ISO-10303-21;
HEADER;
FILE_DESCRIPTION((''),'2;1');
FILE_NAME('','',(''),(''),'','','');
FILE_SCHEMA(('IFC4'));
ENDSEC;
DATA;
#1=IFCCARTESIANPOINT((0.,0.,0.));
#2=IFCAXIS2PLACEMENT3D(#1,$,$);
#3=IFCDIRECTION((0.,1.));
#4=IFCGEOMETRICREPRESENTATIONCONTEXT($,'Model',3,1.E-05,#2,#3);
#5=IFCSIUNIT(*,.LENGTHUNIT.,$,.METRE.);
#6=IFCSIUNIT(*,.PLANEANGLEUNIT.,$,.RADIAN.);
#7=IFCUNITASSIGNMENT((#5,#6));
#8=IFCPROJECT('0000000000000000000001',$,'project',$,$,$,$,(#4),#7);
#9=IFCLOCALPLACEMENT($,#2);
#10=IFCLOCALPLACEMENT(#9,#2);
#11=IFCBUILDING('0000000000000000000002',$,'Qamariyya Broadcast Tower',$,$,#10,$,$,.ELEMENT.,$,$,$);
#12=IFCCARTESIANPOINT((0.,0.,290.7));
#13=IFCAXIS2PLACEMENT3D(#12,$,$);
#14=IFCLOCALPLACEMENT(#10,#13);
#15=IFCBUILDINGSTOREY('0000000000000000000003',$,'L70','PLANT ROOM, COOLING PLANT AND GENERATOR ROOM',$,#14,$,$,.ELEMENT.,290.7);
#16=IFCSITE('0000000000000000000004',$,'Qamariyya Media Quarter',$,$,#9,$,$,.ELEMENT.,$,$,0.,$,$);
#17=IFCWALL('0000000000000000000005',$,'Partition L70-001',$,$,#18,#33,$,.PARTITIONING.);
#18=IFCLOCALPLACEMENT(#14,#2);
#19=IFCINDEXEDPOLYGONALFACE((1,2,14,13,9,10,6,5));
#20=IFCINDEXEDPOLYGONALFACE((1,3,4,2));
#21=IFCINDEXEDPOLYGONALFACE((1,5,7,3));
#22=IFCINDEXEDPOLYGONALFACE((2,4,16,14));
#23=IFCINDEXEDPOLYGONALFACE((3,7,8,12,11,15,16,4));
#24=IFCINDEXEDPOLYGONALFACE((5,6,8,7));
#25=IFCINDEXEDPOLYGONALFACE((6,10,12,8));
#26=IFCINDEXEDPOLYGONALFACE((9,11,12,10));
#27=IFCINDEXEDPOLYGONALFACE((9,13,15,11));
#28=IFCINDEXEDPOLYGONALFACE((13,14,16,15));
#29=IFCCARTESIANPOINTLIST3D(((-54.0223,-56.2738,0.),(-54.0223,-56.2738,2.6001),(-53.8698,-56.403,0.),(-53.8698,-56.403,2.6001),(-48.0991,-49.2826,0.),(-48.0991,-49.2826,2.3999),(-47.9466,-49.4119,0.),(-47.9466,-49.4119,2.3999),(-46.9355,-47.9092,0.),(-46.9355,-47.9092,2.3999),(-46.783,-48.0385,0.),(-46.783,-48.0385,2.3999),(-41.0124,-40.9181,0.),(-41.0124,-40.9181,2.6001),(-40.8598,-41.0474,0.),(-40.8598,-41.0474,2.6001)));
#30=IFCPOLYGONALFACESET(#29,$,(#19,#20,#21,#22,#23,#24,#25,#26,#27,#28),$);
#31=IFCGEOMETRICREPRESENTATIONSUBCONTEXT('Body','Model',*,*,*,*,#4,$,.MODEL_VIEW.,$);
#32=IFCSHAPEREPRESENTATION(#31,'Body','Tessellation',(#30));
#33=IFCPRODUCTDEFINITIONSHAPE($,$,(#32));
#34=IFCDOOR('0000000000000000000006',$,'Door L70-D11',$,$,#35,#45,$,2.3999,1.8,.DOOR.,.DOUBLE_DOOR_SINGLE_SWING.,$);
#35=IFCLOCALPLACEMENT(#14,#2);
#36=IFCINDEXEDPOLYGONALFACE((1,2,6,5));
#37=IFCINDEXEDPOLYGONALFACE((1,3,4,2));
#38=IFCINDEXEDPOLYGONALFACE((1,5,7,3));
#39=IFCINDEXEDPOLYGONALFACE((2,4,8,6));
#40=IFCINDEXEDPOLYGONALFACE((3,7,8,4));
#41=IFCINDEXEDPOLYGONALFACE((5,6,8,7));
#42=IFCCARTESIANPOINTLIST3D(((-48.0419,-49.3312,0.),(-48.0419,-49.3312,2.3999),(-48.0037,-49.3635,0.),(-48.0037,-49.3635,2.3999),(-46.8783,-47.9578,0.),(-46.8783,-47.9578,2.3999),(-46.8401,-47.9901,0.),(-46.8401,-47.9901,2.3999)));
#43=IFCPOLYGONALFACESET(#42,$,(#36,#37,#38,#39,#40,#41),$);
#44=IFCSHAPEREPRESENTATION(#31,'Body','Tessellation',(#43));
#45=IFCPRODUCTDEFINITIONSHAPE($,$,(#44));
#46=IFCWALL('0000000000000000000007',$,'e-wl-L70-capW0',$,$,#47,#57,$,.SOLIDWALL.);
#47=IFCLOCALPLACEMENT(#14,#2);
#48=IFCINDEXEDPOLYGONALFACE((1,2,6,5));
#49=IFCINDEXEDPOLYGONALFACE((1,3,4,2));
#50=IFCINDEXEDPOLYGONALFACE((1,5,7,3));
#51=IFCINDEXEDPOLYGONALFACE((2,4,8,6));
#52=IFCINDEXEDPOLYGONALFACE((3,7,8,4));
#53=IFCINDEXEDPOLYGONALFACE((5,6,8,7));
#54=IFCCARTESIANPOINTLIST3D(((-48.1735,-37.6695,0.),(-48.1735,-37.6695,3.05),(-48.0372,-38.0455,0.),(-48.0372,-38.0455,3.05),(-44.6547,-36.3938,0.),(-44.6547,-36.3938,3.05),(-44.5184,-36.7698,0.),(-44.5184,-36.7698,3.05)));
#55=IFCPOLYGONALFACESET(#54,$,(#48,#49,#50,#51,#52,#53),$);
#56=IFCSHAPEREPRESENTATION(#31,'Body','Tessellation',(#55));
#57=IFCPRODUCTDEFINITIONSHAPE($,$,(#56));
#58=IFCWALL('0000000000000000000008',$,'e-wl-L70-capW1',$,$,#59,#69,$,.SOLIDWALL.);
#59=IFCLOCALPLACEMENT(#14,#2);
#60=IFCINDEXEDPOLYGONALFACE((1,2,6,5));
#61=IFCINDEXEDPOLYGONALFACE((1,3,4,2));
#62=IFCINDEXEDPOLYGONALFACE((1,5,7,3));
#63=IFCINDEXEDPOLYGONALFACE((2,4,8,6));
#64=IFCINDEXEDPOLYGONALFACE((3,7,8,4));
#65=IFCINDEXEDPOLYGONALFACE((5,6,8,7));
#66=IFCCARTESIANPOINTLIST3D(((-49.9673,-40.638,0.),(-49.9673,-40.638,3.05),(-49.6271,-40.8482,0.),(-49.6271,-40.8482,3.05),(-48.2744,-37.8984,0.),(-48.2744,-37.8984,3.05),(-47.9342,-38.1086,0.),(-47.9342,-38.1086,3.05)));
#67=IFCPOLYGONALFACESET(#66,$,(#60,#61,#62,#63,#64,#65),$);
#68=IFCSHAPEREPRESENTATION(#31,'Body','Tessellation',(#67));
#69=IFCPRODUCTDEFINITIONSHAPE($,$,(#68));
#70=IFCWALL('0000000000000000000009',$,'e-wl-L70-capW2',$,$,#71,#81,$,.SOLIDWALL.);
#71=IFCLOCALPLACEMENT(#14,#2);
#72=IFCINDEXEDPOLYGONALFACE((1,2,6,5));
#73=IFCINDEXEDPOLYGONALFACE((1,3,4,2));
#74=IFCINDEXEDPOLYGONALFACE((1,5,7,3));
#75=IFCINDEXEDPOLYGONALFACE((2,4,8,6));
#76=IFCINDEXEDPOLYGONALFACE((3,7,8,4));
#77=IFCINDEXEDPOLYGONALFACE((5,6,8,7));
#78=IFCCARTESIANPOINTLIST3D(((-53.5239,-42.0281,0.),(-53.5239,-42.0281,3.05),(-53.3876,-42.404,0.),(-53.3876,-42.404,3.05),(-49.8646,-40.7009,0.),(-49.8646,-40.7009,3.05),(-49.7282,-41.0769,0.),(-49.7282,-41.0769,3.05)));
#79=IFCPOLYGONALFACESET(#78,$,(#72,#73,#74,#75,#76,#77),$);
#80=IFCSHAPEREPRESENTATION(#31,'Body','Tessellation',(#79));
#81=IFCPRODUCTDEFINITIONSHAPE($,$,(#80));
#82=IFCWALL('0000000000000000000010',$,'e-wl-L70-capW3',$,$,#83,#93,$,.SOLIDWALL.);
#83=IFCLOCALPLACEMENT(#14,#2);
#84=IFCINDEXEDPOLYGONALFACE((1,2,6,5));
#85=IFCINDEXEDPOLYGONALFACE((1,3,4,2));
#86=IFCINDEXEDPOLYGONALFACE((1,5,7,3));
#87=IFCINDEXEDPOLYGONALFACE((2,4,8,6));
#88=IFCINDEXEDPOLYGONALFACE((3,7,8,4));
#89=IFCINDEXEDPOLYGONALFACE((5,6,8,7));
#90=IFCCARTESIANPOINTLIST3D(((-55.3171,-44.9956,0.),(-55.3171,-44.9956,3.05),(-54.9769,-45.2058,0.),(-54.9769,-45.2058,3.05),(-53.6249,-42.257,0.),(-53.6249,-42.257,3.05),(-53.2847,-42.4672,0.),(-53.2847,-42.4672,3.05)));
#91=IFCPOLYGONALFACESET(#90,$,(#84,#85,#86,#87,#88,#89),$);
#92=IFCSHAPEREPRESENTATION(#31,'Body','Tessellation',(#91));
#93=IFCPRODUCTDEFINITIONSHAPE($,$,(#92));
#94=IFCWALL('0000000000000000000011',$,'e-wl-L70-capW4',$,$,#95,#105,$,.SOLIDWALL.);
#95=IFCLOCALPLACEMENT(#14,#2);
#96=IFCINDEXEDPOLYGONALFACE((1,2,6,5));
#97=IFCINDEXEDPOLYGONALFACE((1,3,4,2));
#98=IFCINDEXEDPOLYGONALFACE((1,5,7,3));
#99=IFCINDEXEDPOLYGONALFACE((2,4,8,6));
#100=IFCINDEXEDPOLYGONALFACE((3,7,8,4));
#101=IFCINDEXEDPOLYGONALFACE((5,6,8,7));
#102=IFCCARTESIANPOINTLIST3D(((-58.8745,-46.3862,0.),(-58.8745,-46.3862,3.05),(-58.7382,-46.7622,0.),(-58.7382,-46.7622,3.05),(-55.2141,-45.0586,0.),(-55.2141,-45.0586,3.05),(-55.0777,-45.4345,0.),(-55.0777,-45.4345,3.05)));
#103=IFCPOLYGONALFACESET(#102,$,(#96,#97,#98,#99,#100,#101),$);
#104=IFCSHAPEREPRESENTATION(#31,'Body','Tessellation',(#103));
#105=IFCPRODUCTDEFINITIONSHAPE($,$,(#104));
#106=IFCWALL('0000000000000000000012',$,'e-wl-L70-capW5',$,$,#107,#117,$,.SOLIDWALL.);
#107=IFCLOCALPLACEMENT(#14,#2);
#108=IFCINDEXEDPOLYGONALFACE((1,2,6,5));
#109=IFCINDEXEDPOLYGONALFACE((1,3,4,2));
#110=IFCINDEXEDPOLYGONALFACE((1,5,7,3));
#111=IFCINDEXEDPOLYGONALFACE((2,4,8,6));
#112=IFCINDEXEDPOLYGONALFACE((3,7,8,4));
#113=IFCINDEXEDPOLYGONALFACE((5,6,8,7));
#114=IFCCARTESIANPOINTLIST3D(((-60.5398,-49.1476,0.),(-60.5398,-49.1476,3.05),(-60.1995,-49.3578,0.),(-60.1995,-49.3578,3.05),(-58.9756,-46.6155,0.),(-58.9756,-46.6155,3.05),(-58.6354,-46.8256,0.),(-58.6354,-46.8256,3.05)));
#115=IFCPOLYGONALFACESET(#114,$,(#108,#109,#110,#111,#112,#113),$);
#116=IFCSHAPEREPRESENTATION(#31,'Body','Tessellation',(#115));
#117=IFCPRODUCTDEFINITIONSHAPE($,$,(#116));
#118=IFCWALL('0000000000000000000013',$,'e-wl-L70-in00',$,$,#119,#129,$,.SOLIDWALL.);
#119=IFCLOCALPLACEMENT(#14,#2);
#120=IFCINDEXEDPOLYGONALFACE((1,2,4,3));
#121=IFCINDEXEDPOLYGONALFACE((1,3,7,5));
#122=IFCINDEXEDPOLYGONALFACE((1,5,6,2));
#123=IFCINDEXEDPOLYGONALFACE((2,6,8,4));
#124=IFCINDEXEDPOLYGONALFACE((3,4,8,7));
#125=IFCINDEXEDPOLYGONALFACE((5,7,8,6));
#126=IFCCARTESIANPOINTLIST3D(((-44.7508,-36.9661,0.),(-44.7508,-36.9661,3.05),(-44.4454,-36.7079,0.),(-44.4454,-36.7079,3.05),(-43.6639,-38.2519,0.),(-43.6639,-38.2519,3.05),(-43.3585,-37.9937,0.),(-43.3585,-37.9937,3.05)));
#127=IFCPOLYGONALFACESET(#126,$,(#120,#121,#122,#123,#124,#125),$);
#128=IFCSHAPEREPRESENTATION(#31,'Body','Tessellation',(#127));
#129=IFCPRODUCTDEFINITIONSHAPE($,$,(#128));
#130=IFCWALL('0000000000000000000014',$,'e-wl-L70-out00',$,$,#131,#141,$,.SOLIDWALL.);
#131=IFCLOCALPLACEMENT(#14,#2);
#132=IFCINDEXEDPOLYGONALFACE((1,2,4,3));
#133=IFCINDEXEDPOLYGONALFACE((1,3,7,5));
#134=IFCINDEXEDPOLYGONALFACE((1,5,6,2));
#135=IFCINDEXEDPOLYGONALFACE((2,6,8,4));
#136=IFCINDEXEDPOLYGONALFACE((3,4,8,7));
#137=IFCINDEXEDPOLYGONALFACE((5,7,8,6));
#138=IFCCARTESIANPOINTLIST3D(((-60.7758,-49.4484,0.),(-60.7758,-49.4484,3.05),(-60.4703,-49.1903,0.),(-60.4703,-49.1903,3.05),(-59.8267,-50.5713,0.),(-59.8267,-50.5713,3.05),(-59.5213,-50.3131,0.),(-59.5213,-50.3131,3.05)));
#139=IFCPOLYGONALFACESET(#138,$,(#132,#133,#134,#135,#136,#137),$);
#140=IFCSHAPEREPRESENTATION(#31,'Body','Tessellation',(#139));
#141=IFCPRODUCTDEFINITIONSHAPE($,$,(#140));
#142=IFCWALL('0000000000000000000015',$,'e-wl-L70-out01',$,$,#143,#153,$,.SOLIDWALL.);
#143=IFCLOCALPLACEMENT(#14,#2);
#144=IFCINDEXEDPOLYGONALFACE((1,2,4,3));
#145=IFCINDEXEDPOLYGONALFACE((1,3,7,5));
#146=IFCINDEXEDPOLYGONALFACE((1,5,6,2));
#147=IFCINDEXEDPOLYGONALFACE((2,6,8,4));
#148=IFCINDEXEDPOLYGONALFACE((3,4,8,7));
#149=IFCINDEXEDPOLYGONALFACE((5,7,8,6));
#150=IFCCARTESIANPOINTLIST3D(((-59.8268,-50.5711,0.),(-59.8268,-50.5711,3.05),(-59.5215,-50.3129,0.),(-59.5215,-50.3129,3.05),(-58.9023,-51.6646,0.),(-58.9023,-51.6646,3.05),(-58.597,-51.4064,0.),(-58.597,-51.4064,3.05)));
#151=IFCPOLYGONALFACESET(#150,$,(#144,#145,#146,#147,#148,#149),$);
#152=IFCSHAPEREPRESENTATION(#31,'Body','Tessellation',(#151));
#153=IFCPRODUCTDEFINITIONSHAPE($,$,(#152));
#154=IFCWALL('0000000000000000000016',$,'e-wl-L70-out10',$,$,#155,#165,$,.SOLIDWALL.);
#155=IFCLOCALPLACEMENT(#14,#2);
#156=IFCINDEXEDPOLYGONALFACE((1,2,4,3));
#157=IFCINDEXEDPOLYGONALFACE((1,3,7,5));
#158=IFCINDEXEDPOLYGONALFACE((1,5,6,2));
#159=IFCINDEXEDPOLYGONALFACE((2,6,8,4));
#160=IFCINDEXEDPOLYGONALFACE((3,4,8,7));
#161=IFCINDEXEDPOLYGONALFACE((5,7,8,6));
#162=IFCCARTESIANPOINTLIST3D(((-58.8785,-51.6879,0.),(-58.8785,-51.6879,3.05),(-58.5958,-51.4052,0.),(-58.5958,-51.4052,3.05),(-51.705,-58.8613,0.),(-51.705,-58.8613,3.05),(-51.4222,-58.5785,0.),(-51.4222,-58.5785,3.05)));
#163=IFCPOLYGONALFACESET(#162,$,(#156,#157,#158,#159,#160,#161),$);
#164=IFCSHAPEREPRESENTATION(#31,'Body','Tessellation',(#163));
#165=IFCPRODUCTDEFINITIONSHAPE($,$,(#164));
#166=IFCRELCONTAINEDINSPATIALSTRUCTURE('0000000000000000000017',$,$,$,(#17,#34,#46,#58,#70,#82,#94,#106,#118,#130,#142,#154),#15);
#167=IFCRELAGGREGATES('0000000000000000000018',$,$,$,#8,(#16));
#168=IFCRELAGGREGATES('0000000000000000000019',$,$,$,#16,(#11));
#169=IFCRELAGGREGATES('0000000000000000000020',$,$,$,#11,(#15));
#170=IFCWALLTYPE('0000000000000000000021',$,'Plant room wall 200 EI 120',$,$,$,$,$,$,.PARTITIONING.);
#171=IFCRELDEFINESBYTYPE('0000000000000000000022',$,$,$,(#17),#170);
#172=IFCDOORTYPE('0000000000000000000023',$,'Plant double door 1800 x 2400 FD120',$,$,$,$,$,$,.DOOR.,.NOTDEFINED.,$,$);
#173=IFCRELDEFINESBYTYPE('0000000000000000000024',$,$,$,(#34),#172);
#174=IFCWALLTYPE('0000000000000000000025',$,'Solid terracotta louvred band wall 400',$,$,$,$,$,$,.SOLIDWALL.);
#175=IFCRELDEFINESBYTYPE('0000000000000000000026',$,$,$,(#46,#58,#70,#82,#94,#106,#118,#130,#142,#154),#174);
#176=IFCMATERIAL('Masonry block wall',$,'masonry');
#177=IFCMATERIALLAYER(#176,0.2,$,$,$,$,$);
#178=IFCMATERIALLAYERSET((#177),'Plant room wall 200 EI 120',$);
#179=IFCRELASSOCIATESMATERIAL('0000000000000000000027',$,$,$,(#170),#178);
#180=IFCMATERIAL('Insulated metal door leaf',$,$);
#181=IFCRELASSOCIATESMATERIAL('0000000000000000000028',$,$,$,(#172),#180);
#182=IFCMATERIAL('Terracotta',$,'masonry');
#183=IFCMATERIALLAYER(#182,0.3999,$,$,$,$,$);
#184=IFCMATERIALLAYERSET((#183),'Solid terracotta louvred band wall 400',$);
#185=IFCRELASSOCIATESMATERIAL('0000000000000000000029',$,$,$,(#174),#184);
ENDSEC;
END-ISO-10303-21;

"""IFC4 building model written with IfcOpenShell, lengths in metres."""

from ifc_helpers import new_model, si_unit, direction, frame, frame_2d, origin, place, context, subcontext, project, spatial, rectangle, extrude, material, layer, layer_set, type_object, element, fill, save


model = new_model("IFC4")

# Units and contexts
model_context = context("Model", 3, precision=1e-05, world=origin(), true_north=direction((0.0, 1.0)))
body_context = subcontext(model_context, "Body", "Model", "MODEL_VIEW")
ifc_project = project(units=[si_unit("LENGTHUNIT", "METRE"), si_unit("PLANEANGLEUNIT", "RADIAN")], contexts=[model_context])

# Site, building, storey
site_placement = place(None, origin())
site = spatial("IfcSite", under=ifc_project, at=site_placement, Name="Qamariyya Media Quarter", CompositionType="ELEMENT", RefElevation=0.0)
building_placement = place(site_placement, origin())
building = spatial("IfcBuilding", under=site, at=building_placement, Name="Qamariyya Broadcast Tower", CompositionType="ELEMENT")
storey_placement = place(building_placement, frame((0.0, 0.0, 290.7)))
storey = spatial("IfcBuildingStorey", under=building, at=storey_placement, Name="L70", Description="PLANT ROOM, COOLING PLANT AND GENERATOR ROOM", CompositionType="ELEMENT", Elevation=290.7)

# Wall, opening, door
ifc_material_1 = material(Name="Masonry block wall", Category="masonry")
ifc_layer_1 = layer(ifc_material_1, 0.2)
ifc_layer_set_1 = layer_set([ifc_layer_1], Name="Plant room wall 200 EI 120")
wall_type_1 = type_object("IfcWallType", Name="Plant room wall 200 EI 120", PredefinedType="PARTITIONING", material=ifc_layer_set_1)
wall_1_placement = place(storey_placement, frame((-53.946, -56.3384, 0.0), z_axis=(0.0, 0.0, 1.0), x_axis=(0.646426, 0.762977, 0.0)))
wall_1 = element("IfcWall", 1, at=wall_1_placement, inside=storey, type_object=wall_type_1, Name="Partition L70-001", PredefinedType="PARTITIONING", context=body_context, shape_type="SweptSolid", body=[
    extrude(rectangle(XDim=20.126, YDim=0.2, at=frame_2d((10.063, 0.0))), origin(), (0.0, 0.0, 1.0), 2.6001),
])
opening_1_placement = place(wall_1_placement, frame((9.1631, 0.0, 0.0)))
opening_1 = element("IfcOpeningElement", 2, at=opening_1_placement, cuts=wall_1, PredefinedType="OPENING", context=body_context, shape_type="SweptSolid", body=[
    extrude(rectangle(XDim=1.8, YDim=2.3999, at=frame_2d((0.8999, 1.2))), frame((0.0, 0.1099, 0.0), z_axis=(0.0, -1.0, 0.0), x_axis=(1.0, 0.0, 0.0)), (0.0, 0.0, 1.0), 0.22),
])
ifc_material_2 = material(Name="Insulated metal door leaf")
door_type_1 = type_object("IfcDoorType", Name="Plant double door 1800 x 2400 FD120", OperationType="NOTDEFINED", PredefinedType="DOOR", material=ifc_material_2)
door_1_placement = place(opening_1_placement, origin())
door_1 = element("IfcDoor", 3, at=door_1_placement, inside=storey, type_object=door_type_1, Name="Door L70-D11", OperationType="DOUBLE_DOOR_SINGLE_SWING", OverallHeight=2.3999, OverallWidth=1.8, PredefinedType="DOOR", context=body_context, shape_type="SweptSolid", body=[
    extrude(rectangle(XDim=1.8, YDim=2.3999, at=frame_2d((0.8999, 1.2))), frame((0.0, 0.0249, 0.0), z_axis=(0.0, -1.0, 0.0), x_axis=(1.0, 0.0, 0.0)), (0.0, 0.0, 1.0), 0.05),
])
fill(opening_1, door_1)

# Walls
ifc_material_3 = material(Name="Terracotta", Category="masonry")
ifc_layer_2 = layer(ifc_material_3, 0.3999)
ifc_layer_set_2 = layer_set([ifc_layer_2], Name="Solid terracotta louvred band wall 400")
wall_type_2 = type_object("IfcWallType", Name="Solid terracotta louvred band wall 400", PredefinedType="SOLIDWALL", material=ifc_layer_set_2)
wall_2_placement = place(storey_placement, frame((-44.5864, -36.5818, 0.0), z_axis=(0.0, 0.0, 1.0), x_axis=(-0.94013, -0.340816, 0.0)))
element("IfcWall", 4, at=wall_2_placement, inside=storey, type_object=wall_type_2, Name="e-wl-L70-capW0", PredefinedType="SOLIDWALL", context=body_context, shape_type="SweptSolid", body=[
    extrude(rectangle(XDim=3.7429, YDim=0.3999, at=frame_2d((1.8716, 0.0))), origin(), (0.0, 0.0, 1.0), 3.05),
])
wall_3_placement = place(storey_placement, frame((-48.1042, -38.0034, 0.0), z_axis=(0.0, 0.0, 1.0), x_axis=(-0.525678, -0.850683, 0.0)))
element("IfcWall", 5, at=wall_3_placement, inside=storey, type_object=wall_type_2, Name="e-wl-L70-capW1", PredefinedType="SOLIDWALL", context=body_context, shape_type="SweptSolid", body=[
    extrude(rectangle(XDim=3.2205, YDim=0.3999, at=frame_2d((1.6104, 0.0))), origin(), (0.0, 0.0, 1.0), 3.05),
])
wall_4_placement = place(storey_placement, frame((-49.7964, -40.8889, 0.0), z_axis=(0.0, 0.0, 1.0), x_axis=(-0.940086, -0.340937, 0.0)))
element("IfcWall", 6, at=wall_4_placement, inside=storey, type_object=wall_type_2, Name="e-wl-L70-capW2", PredefinedType="SOLIDWALL", context=body_context, shape_type="SweptSolid", body=[
    extrude(rectangle(XDim=3.8926, YDim=0.3999, at=frame_2d((1.9463, 0.0))), origin(), (0.0, 0.0, 1.0), 3.05),
])
wall_5_placement = place(storey_placement, frame((-53.4548, -42.3621, 0.0), z_axis=(0.0, 0.0, 1.0), x_axis=(-0.525649, -0.850701, 0.0)))
element("IfcWall", 7, at=wall_5_placement, inside=storey, type_object=wall_type_2, Name="e-wl-L70-capW3", PredefinedType="SOLIDWALL", context=body_context, shape_type="SweptSolid", body=[
    extrude(rectangle(XDim=3.2192, YDim=0.3999, at=frame_2d((1.6096, 0.0))), origin(), (0.0, 0.0, 1.0), 3.05),
])
wall_6_placement = place(storey_placement, frame((-55.146, -45.2466, 0.0), z_axis=(0.0, 0.0, 1.0), x_axis=(-0.940075, -0.340968, 0.0)))
element("IfcWall", 8, at=wall_6_placement, inside=storey, type_object=wall_type_2, Name="e-wl-L70-capW4", PredefinedType="SOLIDWALL", context=body_context, shape_type="SweptSolid", body=[
    extrude(rectangle(XDim=3.8938, YDim=0.3999, at=frame_2d((1.9468, 0.0))), origin(), (0.0, 0.0, 1.0), 3.05),
])
wall_7_placement = place(storey_placement, frame((-58.8054, -46.7205, 0.0), z_axis=(0.0, 0.0, 1.0), x_axis=(-0.525538, -0.85077, 0.0)))
element("IfcWall", 9, at=wall_7_placement, inside=storey, type_object=wall_type_2, Name="e-wl-L70-capW5", PredefinedType="SOLIDWALL", context=body_context, shape_type="SweptSolid", body=[
    extrude(rectangle(XDim=2.9763, YDim=0.3999, at=frame_2d((1.4883, 0.0))), origin(), (0.0, 0.0, 1.0), 3.05),
])
wall_8_placement = place(storey_placement, frame((-43.5112, -38.1228, 0.0), z_axis=(0.0, 0.0, 1.0), x_axis=(-0.645546, 0.763722, 0.0)))
element("IfcWall", 10, at=wall_8_placement, inside=storey, type_object=wall_type_2, Name="e-wl-L70-in00", PredefinedType="SOLIDWALL", context=body_context, shape_type="SweptSolid", body=[
    extrude(rectangle(XDim=1.6836, YDim=0.3999, at=frame_2d((0.8418, 0.0))), origin(), (0.0, 0.0, 1.0), 3.05),
])
wall_9_placement = place(storey_placement, frame((-60.623, -49.3193, 0.0), z_axis=(0.0, 0.0, 1.0), x_axis=(0.64551, -0.763752, 0.0)))
element("IfcWall", 11, at=wall_9_placement, inside=storey, type_object=wall_type_2, Name="e-wl-L70-out00", PredefinedType="SOLIDWALL", context=body_context, shape_type="SweptSolid", body=[
    extrude(rectangle(XDim=1.4702, YDim=0.3999, at=frame_2d((0.7351, 0.0))), origin(), (0.0, 0.0, 1.0), 3.05),
])
wall_10_placement = place(storey_placement, frame((-59.6741, -50.4421, 0.0), z_axis=(0.0, 0.0, 1.0), x_axis=(0.645652, -0.763632, 0.0)))
element("IfcWall", 12, at=wall_10_placement, inside=storey, type_object=wall_type_2, Name="e-wl-L70-out01", PredefinedType="SOLIDWALL", context=body_context, shape_type="SweptSolid", body=[
    extrude(rectangle(XDim=1.4319, YDim=0.3999, at=frame_2d((0.7158, 0.0))), origin(), (0.0, 0.0, 1.0), 3.05),
])
wall_11_placement = place(storey_placement, frame((-58.7371, -51.5466, 0.0), z_axis=(0.0, 0.0, 1.0), x_axis=(0.707119, -0.707095, 0.0)))
element("IfcWall", 13, at=wall_11_placement, inside=storey, type_object=wall_type_2, Name="e-wl-L70-out10", PredefinedType="SOLIDWALL", context=body_context, shape_type="SweptSolid", body=[
    extrude(rectangle(XDim=10.1448, YDim=0.3999, at=frame_2d((5.0723, 0.0))), origin(), (0.0, 0.0, 1.0), 3.05),
])

save(model, "model.ifc")
